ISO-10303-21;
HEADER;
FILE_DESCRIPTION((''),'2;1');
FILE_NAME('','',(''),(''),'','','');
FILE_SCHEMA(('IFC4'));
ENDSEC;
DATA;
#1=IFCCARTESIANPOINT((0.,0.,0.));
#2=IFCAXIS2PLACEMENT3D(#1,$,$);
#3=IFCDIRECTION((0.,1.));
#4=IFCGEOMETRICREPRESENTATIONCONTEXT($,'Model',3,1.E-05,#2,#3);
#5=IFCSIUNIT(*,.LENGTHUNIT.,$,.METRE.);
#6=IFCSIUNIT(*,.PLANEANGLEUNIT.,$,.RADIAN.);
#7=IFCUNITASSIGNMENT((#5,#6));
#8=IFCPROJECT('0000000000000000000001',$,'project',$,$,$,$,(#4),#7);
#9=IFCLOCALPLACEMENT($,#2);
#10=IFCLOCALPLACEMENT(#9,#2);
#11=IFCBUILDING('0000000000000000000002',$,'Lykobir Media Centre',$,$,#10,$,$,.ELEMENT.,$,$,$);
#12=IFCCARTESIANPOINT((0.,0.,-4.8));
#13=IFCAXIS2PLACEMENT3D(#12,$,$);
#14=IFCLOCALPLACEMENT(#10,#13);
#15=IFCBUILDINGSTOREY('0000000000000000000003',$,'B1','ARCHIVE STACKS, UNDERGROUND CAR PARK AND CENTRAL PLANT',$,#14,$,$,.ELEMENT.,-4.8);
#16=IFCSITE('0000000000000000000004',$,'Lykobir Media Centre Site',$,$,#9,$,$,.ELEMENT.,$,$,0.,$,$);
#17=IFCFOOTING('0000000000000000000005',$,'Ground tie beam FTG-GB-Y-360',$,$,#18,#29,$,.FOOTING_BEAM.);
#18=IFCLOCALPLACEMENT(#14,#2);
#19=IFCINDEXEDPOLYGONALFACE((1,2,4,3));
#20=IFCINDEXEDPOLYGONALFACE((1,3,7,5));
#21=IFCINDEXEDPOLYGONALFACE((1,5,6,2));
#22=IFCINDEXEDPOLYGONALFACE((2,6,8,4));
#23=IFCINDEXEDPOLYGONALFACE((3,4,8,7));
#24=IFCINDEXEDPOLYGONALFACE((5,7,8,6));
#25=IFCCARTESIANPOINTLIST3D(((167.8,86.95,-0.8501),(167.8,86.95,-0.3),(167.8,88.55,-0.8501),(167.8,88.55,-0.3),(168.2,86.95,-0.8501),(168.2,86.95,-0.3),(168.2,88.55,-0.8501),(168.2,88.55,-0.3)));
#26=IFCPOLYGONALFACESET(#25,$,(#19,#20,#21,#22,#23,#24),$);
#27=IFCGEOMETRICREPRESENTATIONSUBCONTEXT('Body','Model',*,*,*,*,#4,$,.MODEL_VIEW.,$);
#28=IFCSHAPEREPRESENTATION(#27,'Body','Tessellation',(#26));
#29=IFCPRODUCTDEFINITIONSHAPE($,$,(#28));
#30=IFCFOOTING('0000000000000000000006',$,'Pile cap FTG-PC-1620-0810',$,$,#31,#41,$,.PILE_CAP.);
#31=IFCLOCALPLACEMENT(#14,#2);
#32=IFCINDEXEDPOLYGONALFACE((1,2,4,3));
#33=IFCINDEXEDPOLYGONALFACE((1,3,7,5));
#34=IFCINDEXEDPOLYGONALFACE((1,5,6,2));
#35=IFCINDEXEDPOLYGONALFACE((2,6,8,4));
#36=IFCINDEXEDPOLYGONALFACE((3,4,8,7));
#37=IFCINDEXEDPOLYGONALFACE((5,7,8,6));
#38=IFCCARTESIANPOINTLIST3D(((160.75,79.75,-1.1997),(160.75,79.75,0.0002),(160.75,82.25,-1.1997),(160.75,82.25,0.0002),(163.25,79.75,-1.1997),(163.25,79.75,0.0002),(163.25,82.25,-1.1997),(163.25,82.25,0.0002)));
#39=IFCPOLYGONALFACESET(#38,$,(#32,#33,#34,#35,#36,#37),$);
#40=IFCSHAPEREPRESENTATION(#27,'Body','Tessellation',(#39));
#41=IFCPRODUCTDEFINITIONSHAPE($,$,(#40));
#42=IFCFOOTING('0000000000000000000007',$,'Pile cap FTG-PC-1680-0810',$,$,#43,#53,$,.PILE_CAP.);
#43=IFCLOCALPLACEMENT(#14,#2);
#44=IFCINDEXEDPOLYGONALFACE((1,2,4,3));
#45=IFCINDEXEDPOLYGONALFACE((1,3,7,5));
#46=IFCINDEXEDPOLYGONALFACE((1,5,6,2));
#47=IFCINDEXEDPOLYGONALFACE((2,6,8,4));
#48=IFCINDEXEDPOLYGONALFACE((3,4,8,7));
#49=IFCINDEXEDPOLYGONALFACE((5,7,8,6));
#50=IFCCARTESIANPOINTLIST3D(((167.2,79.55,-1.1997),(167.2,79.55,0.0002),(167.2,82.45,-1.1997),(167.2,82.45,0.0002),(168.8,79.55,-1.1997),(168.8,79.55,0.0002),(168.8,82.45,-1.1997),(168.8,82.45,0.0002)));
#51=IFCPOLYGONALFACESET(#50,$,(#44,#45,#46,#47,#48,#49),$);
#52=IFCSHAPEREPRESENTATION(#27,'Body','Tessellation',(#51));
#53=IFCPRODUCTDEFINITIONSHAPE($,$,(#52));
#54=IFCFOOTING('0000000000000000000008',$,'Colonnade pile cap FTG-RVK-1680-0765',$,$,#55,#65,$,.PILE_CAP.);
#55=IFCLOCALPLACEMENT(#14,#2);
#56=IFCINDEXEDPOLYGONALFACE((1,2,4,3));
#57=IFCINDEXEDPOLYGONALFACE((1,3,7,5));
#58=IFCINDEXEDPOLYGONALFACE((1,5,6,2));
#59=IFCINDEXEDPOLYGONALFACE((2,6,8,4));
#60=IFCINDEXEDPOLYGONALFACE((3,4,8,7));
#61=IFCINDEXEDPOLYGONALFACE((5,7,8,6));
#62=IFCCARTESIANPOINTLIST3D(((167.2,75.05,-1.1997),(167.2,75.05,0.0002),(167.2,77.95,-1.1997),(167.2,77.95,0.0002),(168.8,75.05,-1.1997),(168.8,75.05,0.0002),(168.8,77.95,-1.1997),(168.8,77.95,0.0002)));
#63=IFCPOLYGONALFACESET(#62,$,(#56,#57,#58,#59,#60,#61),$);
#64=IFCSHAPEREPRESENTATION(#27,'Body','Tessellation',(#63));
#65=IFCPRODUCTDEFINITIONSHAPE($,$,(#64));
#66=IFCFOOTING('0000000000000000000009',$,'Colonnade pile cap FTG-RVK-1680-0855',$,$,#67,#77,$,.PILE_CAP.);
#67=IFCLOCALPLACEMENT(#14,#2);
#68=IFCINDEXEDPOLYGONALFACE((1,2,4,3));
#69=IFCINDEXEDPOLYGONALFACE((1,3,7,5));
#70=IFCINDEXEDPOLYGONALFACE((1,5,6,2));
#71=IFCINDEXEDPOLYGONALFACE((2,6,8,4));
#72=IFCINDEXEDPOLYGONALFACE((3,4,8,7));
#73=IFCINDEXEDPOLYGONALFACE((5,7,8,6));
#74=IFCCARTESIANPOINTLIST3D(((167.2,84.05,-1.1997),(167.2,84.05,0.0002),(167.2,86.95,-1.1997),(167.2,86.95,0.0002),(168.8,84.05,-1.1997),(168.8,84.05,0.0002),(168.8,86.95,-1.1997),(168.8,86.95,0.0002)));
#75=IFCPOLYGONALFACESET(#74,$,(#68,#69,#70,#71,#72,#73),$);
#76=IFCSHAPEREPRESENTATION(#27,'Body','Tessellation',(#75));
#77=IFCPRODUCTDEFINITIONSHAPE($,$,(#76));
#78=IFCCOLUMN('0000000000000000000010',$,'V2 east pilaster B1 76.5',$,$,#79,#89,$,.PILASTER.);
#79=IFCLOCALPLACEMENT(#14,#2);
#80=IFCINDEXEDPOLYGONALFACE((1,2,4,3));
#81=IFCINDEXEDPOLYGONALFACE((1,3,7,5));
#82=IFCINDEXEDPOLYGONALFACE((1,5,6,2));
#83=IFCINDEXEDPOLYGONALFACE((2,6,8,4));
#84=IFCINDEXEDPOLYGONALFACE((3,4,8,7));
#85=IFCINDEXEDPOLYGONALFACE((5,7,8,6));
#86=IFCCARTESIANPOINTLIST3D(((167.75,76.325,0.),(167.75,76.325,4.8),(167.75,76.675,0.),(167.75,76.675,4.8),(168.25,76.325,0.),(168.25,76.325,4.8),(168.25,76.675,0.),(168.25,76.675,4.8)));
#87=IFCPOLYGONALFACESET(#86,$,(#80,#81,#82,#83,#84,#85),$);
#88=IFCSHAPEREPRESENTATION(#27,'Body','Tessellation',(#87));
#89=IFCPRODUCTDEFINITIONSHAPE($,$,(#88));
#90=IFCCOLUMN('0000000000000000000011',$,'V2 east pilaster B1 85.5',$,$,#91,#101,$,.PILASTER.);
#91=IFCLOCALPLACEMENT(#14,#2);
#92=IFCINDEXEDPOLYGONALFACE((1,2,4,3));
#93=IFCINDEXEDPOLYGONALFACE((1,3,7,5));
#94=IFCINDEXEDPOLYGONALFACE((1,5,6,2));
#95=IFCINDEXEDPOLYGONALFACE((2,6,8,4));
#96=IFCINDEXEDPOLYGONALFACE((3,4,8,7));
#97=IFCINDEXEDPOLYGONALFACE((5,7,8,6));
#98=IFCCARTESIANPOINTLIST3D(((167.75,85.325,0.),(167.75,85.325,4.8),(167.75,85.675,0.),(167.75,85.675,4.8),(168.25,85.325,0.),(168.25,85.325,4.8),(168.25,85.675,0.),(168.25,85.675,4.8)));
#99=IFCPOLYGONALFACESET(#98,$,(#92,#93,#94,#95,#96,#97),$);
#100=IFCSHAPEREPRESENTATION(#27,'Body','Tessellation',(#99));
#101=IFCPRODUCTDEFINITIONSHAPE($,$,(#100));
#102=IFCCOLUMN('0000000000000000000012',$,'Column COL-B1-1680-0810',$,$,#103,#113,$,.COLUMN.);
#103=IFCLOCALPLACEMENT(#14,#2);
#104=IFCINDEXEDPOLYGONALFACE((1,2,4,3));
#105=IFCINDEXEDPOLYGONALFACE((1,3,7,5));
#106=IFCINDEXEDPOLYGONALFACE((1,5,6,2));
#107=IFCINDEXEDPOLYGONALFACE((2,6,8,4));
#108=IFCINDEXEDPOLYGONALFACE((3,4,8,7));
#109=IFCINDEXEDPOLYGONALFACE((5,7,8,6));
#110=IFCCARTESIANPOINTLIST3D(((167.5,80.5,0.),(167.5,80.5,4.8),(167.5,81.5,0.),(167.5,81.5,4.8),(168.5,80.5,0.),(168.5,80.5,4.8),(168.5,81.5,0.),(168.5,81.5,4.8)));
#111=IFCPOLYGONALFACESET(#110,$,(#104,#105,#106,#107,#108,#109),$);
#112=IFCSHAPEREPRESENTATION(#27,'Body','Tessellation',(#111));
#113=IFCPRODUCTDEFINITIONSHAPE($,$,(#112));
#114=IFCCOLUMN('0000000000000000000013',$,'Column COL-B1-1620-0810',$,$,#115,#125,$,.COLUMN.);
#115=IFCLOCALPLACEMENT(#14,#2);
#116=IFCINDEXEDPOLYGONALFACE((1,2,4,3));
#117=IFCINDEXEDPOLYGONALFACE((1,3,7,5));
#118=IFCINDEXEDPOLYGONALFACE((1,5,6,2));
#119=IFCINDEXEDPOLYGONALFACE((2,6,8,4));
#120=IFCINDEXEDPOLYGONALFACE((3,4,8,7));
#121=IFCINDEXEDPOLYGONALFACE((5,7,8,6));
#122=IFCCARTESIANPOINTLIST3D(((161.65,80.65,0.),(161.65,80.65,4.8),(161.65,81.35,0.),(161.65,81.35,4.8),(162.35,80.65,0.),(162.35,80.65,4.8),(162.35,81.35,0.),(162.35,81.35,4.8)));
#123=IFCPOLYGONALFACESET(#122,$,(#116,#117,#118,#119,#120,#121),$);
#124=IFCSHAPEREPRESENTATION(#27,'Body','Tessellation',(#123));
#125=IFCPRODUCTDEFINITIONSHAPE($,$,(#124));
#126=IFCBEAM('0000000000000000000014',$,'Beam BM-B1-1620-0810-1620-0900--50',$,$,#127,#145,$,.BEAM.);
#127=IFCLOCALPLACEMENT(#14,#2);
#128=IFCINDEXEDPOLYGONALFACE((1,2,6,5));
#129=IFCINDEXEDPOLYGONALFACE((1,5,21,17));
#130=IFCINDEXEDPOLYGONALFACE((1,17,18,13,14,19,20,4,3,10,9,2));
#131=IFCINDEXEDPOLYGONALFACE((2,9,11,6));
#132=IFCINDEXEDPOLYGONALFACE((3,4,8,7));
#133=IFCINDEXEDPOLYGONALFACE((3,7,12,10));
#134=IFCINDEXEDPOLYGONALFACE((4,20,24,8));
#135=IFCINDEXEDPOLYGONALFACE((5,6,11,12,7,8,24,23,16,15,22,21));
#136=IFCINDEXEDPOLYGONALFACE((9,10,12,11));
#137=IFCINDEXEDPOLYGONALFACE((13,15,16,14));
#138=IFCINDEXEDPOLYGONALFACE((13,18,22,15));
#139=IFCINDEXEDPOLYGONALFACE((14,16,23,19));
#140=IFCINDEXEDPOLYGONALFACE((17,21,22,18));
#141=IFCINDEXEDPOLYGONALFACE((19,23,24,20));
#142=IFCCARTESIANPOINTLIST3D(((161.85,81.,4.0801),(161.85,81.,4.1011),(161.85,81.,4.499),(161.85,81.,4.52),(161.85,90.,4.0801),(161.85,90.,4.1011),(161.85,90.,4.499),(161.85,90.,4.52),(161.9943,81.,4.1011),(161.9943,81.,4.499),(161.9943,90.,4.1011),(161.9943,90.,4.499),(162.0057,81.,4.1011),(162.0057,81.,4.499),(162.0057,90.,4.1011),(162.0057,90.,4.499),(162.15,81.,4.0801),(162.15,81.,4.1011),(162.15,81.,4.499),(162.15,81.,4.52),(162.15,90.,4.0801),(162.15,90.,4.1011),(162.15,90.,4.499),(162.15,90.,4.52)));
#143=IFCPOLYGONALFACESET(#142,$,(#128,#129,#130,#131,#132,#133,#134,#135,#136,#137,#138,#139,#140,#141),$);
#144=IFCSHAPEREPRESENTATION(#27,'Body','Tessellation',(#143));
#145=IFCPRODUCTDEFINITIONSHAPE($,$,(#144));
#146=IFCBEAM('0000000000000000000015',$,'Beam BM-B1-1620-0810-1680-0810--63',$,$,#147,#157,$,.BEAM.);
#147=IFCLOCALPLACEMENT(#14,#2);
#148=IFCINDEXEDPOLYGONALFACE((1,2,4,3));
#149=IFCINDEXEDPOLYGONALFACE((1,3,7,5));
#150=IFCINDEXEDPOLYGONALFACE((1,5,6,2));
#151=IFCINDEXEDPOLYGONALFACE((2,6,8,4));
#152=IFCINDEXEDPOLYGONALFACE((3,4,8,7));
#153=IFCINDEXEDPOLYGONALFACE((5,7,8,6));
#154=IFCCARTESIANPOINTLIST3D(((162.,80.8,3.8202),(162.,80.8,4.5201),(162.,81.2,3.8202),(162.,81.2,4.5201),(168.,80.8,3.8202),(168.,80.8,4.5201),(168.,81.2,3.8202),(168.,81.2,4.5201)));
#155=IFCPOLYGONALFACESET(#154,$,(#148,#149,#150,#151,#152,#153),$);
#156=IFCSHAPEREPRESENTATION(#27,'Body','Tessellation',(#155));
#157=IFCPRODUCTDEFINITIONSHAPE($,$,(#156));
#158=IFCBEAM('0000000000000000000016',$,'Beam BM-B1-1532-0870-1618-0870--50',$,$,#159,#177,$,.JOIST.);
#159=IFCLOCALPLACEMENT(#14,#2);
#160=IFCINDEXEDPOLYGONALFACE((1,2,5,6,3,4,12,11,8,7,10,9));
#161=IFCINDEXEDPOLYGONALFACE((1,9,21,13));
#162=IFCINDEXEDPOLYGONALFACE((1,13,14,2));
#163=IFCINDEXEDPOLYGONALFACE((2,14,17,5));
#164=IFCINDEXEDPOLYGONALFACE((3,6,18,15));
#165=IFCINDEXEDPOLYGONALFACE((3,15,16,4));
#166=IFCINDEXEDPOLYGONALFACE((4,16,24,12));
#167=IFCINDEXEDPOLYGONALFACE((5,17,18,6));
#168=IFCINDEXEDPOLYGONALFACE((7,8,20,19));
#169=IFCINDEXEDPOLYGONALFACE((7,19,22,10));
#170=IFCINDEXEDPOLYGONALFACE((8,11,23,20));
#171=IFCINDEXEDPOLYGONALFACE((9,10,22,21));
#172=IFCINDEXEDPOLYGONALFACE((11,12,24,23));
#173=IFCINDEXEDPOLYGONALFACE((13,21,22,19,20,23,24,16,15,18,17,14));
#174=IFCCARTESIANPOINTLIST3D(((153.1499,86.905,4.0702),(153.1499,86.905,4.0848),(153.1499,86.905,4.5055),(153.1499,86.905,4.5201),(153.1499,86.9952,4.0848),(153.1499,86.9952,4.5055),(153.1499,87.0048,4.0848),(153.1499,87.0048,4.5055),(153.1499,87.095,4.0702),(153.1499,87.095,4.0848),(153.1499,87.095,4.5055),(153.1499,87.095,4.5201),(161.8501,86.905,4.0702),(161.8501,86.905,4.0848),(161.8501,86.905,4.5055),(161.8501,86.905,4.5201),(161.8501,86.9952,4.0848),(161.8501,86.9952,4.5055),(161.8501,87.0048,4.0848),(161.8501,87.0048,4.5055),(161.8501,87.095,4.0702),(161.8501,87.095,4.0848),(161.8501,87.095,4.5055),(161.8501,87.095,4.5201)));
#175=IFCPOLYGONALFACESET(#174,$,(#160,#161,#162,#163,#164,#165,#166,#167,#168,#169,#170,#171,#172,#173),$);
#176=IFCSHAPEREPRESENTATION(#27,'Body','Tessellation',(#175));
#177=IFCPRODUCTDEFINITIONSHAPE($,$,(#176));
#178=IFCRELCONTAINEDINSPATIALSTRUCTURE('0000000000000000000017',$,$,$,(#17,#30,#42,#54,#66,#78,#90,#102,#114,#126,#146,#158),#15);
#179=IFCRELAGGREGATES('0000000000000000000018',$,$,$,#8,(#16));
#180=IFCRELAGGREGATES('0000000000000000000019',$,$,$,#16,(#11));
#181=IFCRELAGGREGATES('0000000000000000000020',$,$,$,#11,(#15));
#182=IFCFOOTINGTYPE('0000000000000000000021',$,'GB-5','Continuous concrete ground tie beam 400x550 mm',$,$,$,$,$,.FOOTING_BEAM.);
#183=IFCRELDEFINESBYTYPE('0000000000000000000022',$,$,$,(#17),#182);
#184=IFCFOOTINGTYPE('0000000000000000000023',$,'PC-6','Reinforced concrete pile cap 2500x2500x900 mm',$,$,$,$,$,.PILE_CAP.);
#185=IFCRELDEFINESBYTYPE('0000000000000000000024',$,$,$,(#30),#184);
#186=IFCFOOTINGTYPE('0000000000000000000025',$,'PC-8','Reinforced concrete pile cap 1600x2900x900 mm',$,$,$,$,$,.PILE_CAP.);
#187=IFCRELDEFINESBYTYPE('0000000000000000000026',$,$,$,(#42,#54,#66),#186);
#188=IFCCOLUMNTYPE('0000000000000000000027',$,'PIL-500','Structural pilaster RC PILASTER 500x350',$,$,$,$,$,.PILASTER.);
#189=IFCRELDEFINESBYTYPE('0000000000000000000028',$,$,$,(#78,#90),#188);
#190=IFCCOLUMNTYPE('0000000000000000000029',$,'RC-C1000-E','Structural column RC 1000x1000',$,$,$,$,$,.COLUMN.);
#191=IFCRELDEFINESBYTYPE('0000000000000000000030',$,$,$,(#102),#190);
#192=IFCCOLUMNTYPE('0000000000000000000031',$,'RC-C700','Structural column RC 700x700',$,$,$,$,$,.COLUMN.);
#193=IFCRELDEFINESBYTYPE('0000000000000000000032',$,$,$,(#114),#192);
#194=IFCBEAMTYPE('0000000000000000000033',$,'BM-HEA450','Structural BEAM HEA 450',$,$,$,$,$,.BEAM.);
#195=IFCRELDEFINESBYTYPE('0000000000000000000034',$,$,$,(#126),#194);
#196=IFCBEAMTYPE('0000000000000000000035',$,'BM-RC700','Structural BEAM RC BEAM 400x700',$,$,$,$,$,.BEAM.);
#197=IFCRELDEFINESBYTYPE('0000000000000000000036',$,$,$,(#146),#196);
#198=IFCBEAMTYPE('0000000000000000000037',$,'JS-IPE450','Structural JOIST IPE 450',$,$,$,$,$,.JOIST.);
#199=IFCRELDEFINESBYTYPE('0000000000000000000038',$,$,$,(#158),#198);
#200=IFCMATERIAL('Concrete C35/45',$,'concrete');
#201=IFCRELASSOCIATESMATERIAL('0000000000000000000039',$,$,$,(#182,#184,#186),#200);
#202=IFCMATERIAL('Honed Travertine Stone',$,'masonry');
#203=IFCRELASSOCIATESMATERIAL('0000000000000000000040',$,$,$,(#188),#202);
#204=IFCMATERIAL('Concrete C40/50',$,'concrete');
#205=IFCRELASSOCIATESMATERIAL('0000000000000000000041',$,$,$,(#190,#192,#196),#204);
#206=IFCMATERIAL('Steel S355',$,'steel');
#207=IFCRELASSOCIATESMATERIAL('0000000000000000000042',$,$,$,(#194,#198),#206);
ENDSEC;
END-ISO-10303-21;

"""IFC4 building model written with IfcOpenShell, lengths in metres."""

from ifc_helpers import new_model, si_unit, direction, frame, origin, origin_2d, place, context, subcontext, project, spatial, rectangle, i_section, extrude, material, material_profile, profile_set, type_object, element, save


model = new_model("IFC4")

# Units and contexts
model_context = context("Model", 3, precision=1e-05, world=origin(), true_north=direction((0.0, 1.0)))
body_context = subcontext(model_context, "Body", "Model", "MODEL_VIEW")
ifc_project = project(units=[si_unit("LENGTHUNIT", "METRE"), si_unit("PLANEANGLEUNIT", "RADIAN")], contexts=[model_context])

# Site, building, storey
site_placement = place(None, origin())
site = spatial("IfcSite", under=ifc_project, at=site_placement, Name="Lykobir Media Centre Site", CompositionType="ELEMENT", RefElevation=0.0)
building_placement = place(site_placement, origin())
building = spatial("IfcBuilding", under=site, at=building_placement, Name="Lykobir Media Centre", CompositionType="ELEMENT")
storey_placement = place(building_placement, frame((0.0, 0.0, -4.8)))
storey = spatial("IfcBuildingStorey", under=building, at=storey_placement, Name="B1", Description="ARCHIVE STACKS, UNDERGROUND CAR PARK AND CENTRAL PLANT", CompositionType="ELEMENT", Elevation=-4.8)

# Footings
ifc_material_1 = material(Name="Concrete C35/45", Category="concrete")
footing_type_1 = type_object("IfcFootingType", Name="GB-5", Description="Continuous concrete ground tie beam 400x550 mm", PredefinedType="FOOTING_BEAM", material=ifc_material_1)
for number, where, z_axis, x_axis, name in (
    (1, (168.0, 87.75, -0.8501), (0.0, 0.0, 1.0), (0.0, 1.0, 0.0), "Ground tie beam FTG-GB-Y-360"),
):
    element("IfcFooting", number, at=place(storey_placement, frame(where, z_axis=z_axis, x_axis=x_axis)), inside=storey, type_object=footing_type_1, Name=name, PredefinedType="FOOTING_BEAM", context=body_context, shape_type="SweptSolid", body=[
        extrude(rectangle(XDim=1.6001, YDim=0.3999, at=origin_2d()), origin(), (0.0, 0.0, 1.0), 0.55),
    ])
footing_type_2 = type_object("IfcFootingType", Name="PC-6", Description="Reinforced concrete pile cap 2500x2500x900 mm", PredefinedType="PILE_CAP", material=ifc_material_1)
footing_1_placement = place(storey_placement, frame((162.0, 81.0, -1.1997), z_axis=(0.0, 0.0, 1.0), x_axis=(1.0, 0.0, 0.0)))
element("IfcFooting", 2, at=footing_1_placement, inside=storey, type_object=footing_type_2, Name="Pile cap FTG-PC-1620-0810", PredefinedType="PILE_CAP", context=body_context, shape_type="SweptSolid", body=[
    extrude(rectangle(XDim=2.5, YDim=2.5, at=origin_2d()), origin(), (0.0, 0.0, 1.0), 1.2),
])
footing_type_3 = type_object("IfcFootingType", Name="PC-8", Description="Reinforced concrete pile cap 1600x2900x900 mm", PredefinedType="PILE_CAP", material=ifc_material_1)
for number, where, z_axis, x_axis, name in (
    (3, (168.0, 81.0, -1.1997), (0.0, 0.0, 1.0), (1.0, 0.0, 0.0), "Pile cap FTG-PC-1680-0810"),
    (4, (168.0, 76.5, -1.1997), (0.0, 0.0, 1.0), (1.0, 0.0, 0.0), "Colonnade pile cap FTG-RVK-1680-0765"),
    (5, (168.0, 85.5, -1.1997), (0.0, 0.0, 1.0), (1.0, 0.0, 0.0), "Colonnade pile cap FTG-RVK-1680-0855"),
):
    element("IfcFooting", number, at=place(storey_placement, frame(where, z_axis=z_axis, x_axis=x_axis)), inside=storey, type_object=footing_type_3, Name=name, PredefinedType="PILE_CAP", context=body_context, shape_type="SweptSolid", body=[
        extrude(rectangle(XDim=1.6001, YDim=2.8999, at=origin_2d()), origin(), (0.0, 0.0, 1.0), 1.2),
    ])

# Columns
ifc_material_2 = material(Name="Honed Travertine Stone", Category="masonry")
ifc_material_profile_1 = material_profile(ifc_material_2, rectangle(XDim=0.3501, YDim=0.5, at=origin_2d()), Name="RC PILASTER 500x350")
ifc_profile_set_1 = profile_set([ifc_material_profile_1], Name="Honed Travertine Stone")
column_type_1 = type_object("IfcColumnType", Name="PIL-500", Description="Structural pilaster RC PILASTER 500x350", PredefinedType="PILASTER", material=ifc_profile_set_1)
for number, where, z_axis, x_axis, name in (
    (6, (168.0, 76.5, 0.0), (0.0, 0.0, 1.0), (0.0, 1.0, 0.0), "V2 east pilaster B1 76.5"),
    (7, (168.0, 85.5, 0.0), (0.0, 0.0, 1.0), (0.0, 1.0, 0.0), "V2 east pilaster B1 85.5"),
):
    element("IfcColumn", number, at=place(storey_placement, frame(where, z_axis=z_axis, x_axis=x_axis)), inside=storey, type_object=column_type_1, Name=name, PredefinedType="PILASTER", context=body_context, shape_type="SweptSolid", body=[
        extrude(rectangle(XDim=0.3501, YDim=0.5, at=origin_2d()), origin(), (0.0, 0.0, 1.0), 4.8),
    ])
ifc_material_3 = material(Name="Concrete C40/50", Category="concrete")
ifc_material_profile_2 = material_profile(ifc_material_3, rectangle(XDim=1.0, YDim=1.0, at=origin_2d()), Name="RC 1000x1000")
ifc_profile_set_2 = profile_set([ifc_material_profile_2], Name="Concrete C40/50")
column_type_2 = type_object("IfcColumnType", Name="RC-C1000-E", Description="Structural column RC 1000x1000", PredefinedType="COLUMN", material=ifc_profile_set_2)
column_1_placement = place(storey_placement, frame((168.0, 81.0, 0.0), z_axis=(0.0, 0.0, 1.0), x_axis=(1.0, 0.0, 0.0)))
element("IfcColumn", 8, at=column_1_placement, inside=storey, type_object=column_type_2, Name="Column COL-B1-1680-0810", PredefinedType="COLUMN", context=body_context, shape_type="SweptSolid", body=[
    extrude(rectangle(XDim=1.0, YDim=1.0, at=origin_2d()), origin(), (0.0, 0.0, 1.0), 4.8),
])
ifc_material_profile_3 = material_profile(ifc_material_3, rectangle(XDim=0.7, YDim=0.7, at=origin_2d()), Name="RC 700x700")
ifc_profile_set_3 = profile_set([ifc_material_profile_3], Name="Concrete C40/50")
column_type_3 = type_object("IfcColumnType", Name="RC-C700", Description="Structural column RC 700x700", PredefinedType="COLUMN", material=ifc_profile_set_3)
column_2_placement = place(storey_placement, frame((162.0, 81.0, 0.0), z_axis=(0.0, 0.0, 1.0), x_axis=(1.0, 0.0, 0.0)))
element("IfcColumn", 9, at=column_2_placement, inside=storey, type_object=column_type_3, Name="Column COL-B1-1620-0810", PredefinedType="COLUMN", context=body_context, shape_type="SweptSolid", body=[
    extrude(rectangle(XDim=0.7, YDim=0.7, at=origin_2d()), origin(), (0.0, 0.0, 1.0), 4.8),
])

# Beams
ifc_material_4 = material(Name="Steel S355", Category="steel")
ifc_material_profile_4 = material_profile(ifc_material_4, i_section(OverallWidth=0.3, OverallDepth=0.4399, WebThickness=0.0115, FlangeThickness=0.021, at=origin_2d()), Name="HEA 450")
ifc_profile_set_4 = profile_set([ifc_material_profile_4], Name="Steel S355")
beam_type_1 = type_object("IfcBeamType", Name="BM-HEA450", Description="Structural BEAM HEA 450", PredefinedType="BEAM", material=ifc_profile_set_4)
beam_1_placement = place(storey_placement, frame((162.0, 81.0, 4.3), z_axis=(0.0, 1.0, 0.0), x_axis=(-1.0, 0.0, 0.0)))
element("IfcBeam", 10, at=beam_1_placement, inside=storey, type_object=beam_type_1, Name="Beam BM-B1-1620-0810-1620-0900--50", PredefinedType="BEAM", context=body_context, shape_type="SweptSolid", body=[
    extrude(i_section(OverallWidth=0.3, OverallDepth=0.4399, WebThickness=0.0115, FlangeThickness=0.021, at=origin_2d()), origin(), (0.0, 0.0, 1.0), 9.0),
])
ifc_material_profile_5 = material_profile(ifc_material_3, rectangle(XDim=0.3999, YDim=0.7, at=origin_2d()), Name="RC BEAM 400x700")
ifc_profile_set_5 = profile_set([ifc_material_profile_5], Name="Concrete C40/50")
beam_type_2 = type_object("IfcBeamType", Name="BM-RC700", Description="Structural BEAM RC BEAM 400x700", PredefinedType="BEAM", material=ifc_profile_set_5)
beam_2_placement = place(storey_placement, frame((162.0, 81.0, 4.1702), z_axis=(1.0, 0.0, 0.0), x_axis=(0.0, 1.0, 0.0)))
element("IfcBeam", 11, at=beam_2_placement, inside=storey, type_object=beam_type_2, Name="Beam BM-B1-1620-0810-1680-0810--63", PredefinedType="BEAM", context=body_context, shape_type="SweptSolid", body=[
    extrude(rectangle(XDim=0.3999, YDim=0.7, at=origin_2d()), origin(), (0.0, 0.0, 1.0), 6.0),
])
ifc_material_profile_6 = material_profile(ifc_material_4, i_section(OverallWidth=0.1899, OverallDepth=0.45, WebThickness=0.0095, FlangeThickness=0.0146, at=origin_2d()), Name="IPE 450")
ifc_profile_set_6 = profile_set([ifc_material_profile_6], Name="Steel S355")
beam_type_3 = type_object("IfcBeamType", Name="JS-IPE450", Description="Structural JOIST IPE 450", PredefinedType="JOIST", material=ifc_profile_set_6)
beam_3_placement = place(storey_placement, frame((153.1499, 87.0, 4.2952), z_axis=(1.0, 0.0, 0.0), x_axis=(0.0, 1.0, 0.0)))
element("IfcBeam", 12, at=beam_3_placement, inside=storey, type_object=beam_type_3, Name="Beam BM-B1-1532-0870-1618-0870--50", PredefinedType="JOIST", context=body_context, shape_type="SweptSolid", body=[
    extrude(i_section(OverallWidth=0.1899, OverallDepth=0.45, WebThickness=0.0095, FlangeThickness=0.0146, at=origin_2d()), origin(), (0.0, 0.0, 1.0), 8.7002),
])

save(model, "model.ifc")
